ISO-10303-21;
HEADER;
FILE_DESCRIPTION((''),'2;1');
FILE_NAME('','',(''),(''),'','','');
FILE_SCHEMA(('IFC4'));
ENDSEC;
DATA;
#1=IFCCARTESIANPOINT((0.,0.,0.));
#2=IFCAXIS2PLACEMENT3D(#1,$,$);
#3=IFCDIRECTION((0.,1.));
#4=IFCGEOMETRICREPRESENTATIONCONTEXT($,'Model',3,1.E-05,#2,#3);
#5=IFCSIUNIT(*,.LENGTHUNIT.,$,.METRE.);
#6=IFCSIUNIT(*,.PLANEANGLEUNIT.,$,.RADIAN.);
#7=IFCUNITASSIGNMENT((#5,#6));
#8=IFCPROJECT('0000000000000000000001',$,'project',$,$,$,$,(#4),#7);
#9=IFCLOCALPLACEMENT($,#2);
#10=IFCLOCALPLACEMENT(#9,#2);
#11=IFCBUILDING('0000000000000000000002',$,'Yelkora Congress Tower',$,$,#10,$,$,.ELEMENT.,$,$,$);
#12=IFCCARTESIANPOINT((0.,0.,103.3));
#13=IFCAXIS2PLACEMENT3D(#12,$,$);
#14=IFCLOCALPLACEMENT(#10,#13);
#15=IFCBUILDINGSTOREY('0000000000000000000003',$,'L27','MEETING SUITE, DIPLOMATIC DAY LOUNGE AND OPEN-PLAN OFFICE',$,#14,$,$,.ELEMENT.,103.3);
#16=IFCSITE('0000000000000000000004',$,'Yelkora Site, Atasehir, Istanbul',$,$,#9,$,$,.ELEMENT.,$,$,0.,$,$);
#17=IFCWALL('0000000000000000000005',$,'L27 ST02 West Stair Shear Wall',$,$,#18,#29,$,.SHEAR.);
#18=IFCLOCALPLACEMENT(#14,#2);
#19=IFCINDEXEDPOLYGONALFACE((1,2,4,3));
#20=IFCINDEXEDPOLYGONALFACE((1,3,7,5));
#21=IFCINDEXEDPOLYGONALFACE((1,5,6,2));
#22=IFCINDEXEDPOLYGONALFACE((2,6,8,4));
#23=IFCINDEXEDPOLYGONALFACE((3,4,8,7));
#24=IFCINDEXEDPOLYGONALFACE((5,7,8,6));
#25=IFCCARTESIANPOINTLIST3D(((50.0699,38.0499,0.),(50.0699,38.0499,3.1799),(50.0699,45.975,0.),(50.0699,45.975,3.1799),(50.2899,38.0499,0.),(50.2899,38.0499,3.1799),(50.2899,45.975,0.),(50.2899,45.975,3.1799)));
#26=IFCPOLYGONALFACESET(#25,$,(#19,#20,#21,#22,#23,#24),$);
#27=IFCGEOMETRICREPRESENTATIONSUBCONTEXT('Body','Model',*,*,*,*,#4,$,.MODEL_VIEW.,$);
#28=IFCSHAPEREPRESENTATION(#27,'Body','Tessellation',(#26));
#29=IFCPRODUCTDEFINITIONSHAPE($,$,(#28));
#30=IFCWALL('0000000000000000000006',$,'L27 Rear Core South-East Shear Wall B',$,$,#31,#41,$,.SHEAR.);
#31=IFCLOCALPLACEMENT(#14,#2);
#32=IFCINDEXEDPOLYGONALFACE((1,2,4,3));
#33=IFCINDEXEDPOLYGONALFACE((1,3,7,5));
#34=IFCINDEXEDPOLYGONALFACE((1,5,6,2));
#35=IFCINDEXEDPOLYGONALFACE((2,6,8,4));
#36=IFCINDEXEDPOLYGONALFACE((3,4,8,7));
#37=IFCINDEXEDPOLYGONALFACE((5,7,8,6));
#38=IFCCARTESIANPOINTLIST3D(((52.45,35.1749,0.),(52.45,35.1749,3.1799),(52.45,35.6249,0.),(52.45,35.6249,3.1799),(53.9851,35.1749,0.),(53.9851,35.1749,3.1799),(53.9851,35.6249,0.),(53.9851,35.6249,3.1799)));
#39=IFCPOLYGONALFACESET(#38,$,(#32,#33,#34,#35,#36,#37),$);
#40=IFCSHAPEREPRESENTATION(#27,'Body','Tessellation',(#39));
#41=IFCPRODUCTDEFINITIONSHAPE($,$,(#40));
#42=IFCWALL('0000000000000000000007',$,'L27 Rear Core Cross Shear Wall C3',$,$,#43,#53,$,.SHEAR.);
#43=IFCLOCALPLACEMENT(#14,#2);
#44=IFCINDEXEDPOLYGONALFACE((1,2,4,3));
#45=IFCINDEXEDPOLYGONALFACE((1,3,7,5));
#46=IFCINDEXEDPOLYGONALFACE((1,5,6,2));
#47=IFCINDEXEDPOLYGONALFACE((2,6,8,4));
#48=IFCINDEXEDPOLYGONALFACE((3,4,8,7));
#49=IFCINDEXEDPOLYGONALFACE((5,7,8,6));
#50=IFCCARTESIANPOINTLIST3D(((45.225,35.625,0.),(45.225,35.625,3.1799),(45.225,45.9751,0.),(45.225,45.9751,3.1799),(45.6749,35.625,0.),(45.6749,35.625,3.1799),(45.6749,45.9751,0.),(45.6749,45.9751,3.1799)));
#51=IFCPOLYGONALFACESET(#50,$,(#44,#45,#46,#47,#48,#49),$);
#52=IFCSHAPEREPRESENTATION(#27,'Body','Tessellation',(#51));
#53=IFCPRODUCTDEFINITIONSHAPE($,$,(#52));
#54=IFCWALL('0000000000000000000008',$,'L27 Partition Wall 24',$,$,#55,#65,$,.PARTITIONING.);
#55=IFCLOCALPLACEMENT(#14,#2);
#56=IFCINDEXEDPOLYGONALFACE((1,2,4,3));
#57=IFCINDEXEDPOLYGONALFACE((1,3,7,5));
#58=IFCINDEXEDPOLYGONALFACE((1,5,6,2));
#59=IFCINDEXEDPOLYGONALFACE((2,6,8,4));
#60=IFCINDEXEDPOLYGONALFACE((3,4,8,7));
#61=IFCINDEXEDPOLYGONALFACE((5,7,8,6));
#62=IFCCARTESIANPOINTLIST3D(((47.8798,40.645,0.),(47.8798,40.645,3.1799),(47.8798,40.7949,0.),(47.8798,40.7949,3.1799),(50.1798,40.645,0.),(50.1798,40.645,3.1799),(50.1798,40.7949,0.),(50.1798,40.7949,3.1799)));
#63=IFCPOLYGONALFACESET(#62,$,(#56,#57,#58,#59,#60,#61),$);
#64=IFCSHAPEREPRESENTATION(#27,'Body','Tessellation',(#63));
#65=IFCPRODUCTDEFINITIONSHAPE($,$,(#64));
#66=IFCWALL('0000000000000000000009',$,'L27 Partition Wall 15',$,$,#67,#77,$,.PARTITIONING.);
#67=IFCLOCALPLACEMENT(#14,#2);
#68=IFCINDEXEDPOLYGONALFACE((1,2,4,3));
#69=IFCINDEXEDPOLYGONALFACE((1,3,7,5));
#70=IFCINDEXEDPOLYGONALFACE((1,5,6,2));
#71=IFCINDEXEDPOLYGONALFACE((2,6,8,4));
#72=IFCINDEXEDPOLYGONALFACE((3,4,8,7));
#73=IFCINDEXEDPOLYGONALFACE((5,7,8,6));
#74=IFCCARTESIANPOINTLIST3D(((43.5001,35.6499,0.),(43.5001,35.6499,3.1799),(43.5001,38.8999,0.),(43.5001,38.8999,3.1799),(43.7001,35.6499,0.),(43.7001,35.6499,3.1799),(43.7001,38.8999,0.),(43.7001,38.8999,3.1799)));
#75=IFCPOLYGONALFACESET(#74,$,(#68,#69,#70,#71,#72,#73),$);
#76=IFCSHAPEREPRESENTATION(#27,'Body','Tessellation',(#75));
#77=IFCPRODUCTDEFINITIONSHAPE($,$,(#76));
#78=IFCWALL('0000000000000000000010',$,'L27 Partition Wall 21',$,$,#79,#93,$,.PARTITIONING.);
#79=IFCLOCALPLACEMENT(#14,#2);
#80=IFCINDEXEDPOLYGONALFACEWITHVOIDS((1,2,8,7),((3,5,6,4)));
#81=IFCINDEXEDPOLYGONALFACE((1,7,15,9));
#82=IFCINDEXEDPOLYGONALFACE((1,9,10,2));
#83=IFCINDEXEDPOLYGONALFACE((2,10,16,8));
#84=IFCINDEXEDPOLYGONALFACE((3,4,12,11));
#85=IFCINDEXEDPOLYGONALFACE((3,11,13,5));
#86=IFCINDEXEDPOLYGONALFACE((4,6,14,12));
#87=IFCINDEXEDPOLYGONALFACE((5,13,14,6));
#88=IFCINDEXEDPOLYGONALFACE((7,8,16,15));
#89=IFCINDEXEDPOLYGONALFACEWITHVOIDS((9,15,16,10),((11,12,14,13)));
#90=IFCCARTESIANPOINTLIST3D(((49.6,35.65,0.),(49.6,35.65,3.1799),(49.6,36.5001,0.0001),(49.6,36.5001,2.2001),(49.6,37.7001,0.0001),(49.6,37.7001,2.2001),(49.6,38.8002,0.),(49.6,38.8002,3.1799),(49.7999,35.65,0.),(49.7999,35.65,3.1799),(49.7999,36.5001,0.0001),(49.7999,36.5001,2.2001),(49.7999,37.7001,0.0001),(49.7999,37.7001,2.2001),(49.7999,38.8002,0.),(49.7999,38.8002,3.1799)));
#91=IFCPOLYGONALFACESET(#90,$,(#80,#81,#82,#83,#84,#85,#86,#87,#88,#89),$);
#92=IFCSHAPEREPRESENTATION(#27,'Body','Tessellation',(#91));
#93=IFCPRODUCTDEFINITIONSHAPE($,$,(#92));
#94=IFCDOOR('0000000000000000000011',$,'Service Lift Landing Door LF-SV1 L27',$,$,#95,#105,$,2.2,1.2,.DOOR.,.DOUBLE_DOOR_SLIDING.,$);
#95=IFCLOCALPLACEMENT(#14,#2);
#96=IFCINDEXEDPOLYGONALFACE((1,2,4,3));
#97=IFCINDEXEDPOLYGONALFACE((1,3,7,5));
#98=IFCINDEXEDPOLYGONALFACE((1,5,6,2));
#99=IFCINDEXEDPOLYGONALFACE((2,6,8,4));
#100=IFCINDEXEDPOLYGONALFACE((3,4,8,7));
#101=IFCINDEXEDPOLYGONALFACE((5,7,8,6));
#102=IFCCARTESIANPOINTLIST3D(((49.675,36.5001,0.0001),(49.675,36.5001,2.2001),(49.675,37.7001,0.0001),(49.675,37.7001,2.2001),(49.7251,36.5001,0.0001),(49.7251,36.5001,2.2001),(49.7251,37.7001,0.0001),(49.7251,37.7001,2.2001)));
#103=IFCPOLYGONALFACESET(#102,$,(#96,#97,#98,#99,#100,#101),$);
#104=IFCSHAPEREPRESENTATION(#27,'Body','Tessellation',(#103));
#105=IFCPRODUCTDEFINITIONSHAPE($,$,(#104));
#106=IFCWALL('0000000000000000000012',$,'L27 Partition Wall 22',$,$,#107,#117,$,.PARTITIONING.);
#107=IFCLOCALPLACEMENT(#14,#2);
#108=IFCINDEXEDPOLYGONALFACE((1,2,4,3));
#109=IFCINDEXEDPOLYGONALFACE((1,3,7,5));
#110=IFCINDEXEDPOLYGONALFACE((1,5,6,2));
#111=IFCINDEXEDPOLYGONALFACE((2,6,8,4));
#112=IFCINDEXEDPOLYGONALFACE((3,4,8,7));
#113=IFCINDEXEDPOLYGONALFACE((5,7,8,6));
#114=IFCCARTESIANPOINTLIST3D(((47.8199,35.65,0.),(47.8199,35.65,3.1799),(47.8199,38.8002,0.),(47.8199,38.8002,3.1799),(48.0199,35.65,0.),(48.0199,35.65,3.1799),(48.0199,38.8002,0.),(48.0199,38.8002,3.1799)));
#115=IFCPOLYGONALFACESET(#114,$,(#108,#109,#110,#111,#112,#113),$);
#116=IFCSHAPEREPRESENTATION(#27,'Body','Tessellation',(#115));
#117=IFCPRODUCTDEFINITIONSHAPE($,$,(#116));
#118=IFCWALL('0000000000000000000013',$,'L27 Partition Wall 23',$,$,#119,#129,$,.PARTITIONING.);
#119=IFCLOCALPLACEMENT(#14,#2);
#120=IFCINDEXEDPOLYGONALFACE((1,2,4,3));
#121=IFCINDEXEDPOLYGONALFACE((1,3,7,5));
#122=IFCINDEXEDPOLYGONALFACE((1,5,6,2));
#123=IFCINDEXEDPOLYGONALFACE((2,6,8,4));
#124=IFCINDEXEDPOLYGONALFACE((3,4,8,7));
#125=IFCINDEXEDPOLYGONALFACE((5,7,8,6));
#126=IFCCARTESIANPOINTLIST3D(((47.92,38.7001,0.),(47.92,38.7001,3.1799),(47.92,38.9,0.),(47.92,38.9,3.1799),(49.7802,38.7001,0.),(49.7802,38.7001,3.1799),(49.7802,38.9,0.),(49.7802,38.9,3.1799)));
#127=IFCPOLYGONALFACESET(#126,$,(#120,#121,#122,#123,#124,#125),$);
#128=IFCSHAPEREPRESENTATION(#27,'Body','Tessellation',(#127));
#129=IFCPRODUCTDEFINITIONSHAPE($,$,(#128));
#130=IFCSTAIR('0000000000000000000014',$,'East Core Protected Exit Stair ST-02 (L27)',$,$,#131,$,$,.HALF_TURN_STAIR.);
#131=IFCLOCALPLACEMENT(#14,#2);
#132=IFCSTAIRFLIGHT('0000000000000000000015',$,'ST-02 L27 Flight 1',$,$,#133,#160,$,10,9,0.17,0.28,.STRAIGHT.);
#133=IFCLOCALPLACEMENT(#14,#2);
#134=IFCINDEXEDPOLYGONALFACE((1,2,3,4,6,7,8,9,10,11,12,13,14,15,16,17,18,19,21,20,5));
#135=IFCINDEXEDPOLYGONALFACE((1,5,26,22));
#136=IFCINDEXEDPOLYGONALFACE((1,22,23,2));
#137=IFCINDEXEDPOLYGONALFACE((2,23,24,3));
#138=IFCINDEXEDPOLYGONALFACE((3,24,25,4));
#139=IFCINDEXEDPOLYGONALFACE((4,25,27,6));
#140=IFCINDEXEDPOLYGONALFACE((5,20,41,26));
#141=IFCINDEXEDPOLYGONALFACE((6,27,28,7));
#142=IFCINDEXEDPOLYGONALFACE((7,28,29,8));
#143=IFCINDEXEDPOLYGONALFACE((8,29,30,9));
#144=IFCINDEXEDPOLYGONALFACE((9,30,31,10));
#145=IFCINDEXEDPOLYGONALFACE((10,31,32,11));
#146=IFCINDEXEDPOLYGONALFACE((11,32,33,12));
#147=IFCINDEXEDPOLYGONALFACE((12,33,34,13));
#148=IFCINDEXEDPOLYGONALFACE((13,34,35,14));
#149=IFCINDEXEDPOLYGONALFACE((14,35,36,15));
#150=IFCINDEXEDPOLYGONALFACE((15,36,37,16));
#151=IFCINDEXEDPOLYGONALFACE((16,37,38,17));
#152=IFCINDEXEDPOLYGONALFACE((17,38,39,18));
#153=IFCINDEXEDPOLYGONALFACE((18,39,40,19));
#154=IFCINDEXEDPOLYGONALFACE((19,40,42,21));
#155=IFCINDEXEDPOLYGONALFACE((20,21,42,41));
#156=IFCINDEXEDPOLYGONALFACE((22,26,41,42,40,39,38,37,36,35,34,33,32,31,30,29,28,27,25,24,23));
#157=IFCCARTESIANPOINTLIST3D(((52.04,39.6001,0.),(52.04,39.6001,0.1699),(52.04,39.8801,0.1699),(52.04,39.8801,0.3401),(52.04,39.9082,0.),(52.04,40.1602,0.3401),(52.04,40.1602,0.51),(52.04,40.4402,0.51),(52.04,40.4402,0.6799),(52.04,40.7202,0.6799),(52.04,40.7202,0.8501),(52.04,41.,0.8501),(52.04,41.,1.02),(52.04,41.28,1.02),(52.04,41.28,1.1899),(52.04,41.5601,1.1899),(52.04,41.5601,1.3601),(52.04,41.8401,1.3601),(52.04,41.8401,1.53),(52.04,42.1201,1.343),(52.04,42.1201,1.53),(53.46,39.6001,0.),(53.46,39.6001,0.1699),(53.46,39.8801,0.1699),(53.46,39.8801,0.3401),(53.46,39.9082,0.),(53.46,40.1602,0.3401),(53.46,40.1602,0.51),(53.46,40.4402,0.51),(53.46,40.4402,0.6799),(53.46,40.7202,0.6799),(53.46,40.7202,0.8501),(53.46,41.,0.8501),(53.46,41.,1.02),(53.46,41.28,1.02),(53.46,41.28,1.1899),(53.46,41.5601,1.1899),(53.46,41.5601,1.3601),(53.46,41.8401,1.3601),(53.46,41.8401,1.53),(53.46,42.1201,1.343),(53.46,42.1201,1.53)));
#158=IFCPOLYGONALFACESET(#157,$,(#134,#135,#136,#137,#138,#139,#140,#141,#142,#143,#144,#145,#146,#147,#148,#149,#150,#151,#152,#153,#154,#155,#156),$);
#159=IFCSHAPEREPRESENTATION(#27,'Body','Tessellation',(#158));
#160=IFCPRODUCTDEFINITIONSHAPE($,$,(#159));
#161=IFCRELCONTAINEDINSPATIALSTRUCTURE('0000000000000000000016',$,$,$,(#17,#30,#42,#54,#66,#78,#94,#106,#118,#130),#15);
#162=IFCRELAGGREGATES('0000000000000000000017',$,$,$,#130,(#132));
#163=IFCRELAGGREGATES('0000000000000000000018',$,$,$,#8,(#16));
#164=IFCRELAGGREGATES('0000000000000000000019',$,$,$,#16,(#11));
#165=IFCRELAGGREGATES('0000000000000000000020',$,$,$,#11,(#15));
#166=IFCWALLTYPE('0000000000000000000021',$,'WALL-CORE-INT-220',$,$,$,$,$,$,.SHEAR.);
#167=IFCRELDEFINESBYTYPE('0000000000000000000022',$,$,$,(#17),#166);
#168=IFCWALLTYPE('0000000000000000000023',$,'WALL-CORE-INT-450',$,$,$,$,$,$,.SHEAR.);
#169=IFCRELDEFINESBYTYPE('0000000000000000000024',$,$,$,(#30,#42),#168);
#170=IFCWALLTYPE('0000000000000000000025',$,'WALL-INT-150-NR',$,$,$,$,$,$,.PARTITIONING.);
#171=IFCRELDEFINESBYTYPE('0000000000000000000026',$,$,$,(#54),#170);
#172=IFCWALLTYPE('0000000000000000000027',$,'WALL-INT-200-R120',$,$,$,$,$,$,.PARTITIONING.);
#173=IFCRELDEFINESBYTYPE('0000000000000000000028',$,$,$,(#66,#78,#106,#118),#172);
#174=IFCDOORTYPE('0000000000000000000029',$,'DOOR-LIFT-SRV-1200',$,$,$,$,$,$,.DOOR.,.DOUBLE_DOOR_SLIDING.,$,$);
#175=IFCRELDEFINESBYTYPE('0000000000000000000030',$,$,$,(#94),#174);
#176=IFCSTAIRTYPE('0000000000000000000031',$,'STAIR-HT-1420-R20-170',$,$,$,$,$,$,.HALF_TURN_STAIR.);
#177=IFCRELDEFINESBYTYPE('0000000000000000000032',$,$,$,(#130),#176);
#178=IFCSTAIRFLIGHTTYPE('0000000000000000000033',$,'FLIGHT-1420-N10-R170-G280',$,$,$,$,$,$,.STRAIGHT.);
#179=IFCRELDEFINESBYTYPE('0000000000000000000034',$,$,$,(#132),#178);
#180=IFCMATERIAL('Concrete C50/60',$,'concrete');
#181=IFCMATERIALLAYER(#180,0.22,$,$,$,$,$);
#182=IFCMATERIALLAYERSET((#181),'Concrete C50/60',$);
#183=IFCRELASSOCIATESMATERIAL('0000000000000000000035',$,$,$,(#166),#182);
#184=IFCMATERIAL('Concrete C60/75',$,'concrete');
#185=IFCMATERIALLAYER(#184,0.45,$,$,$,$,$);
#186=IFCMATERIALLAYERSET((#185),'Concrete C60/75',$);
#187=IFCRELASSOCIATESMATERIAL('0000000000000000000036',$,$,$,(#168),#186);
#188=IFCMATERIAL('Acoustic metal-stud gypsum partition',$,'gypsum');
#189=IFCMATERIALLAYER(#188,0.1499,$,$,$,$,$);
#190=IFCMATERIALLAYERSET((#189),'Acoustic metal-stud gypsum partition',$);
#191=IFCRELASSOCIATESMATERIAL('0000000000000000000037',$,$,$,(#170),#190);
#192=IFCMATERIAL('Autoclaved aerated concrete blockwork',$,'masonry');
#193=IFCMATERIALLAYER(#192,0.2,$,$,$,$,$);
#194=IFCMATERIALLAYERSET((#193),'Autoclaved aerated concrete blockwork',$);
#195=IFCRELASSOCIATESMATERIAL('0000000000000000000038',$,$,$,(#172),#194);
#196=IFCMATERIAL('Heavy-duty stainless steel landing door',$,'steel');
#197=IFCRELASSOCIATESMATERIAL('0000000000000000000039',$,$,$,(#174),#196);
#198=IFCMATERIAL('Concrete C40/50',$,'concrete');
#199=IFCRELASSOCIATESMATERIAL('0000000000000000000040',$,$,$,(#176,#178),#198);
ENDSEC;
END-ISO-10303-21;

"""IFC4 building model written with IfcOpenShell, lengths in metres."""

from ifc_helpers import new_model, si_unit, direction, frame, frame_2d, origin, place, context, subcontext, project, spatial, polyline, rectangle, outline, extrude, material, layer, layer_set, type_object, element, fill, aggregate, save


model = new_model("IFC4")

# Units and contexts
model_context = context("Model", 3, precision=1e-05, world=origin(), true_north=direction((0.0, 1.0)))
body_context = subcontext(model_context, "Body", "Model", "MODEL_VIEW")
ifc_project = project(units=[si_unit("LENGTHUNIT", "METRE"), si_unit("PLANEANGLEUNIT", "RADIAN")], contexts=[model_context])

# Site, building, storey
site_placement = place(None, origin())
site = spatial("IfcSite", under=ifc_project, at=site_placement, Name="Yelkora Site, Atasehir, Istanbul", CompositionType="ELEMENT", RefElevation=0.0)
building_placement = place(site_placement, origin())
building = spatial("IfcBuilding", under=site, at=building_placement, Name="Yelkora Congress Tower", CompositionType="ELEMENT")
storey_placement = place(building_placement, frame((0.0, 0.0, 103.3)))
storey = spatial("IfcBuildingStorey", under=building, at=storey_placement, Name="L27", Description="MEETING SUITE, DIPLOMATIC DAY LOUNGE AND OPEN-PLAN OFFICE", CompositionType="ELEMENT", Elevation=103.3)

# Wall
ifc_material_1 = material(Name="Concrete C50/60", Category="concrete")
ifc_layer_1 = layer(ifc_material_1, 0.22)
ifc_layer_set_1 = layer_set([ifc_layer_1], Name="Concrete C50/60")
wall_type_1 = type_object("IfcWallType", Name="WALL-CORE-INT-220", PredefinedType="SHEAR", material=ifc_layer_set_1)
wall_1_placement = place(storey_placement, frame((50.1799, 38.05, 0.0), z_axis=(0.0, 0.0, 1.0), x_axis=(0.0, 1.0, 0.0)))
element("IfcWall", 1, at=wall_1_placement, inside=storey, type_object=wall_type_1, Name="L27 ST02 West Stair Shear Wall", PredefinedType="SHEAR", context=body_context, shape_type="SweptSolid", body=[
    extrude(rectangle(XDim=7.925, YDim=0.22, at=frame_2d((3.9624, 0.0))), origin(), (0.0, 0.0, 1.0), 3.1799),
])

# Shared definitions
ifc_material_2 = material(Name="Concrete C60/75", Category="concrete")
ifc_layer_2 = layer(ifc_material_2, 0.45)
ifc_layer_set_2 = layer_set([ifc_layer_2], Name="Concrete C60/75")
wall_type_2 = type_object("IfcWallType", Name="WALL-CORE-INT-450", PredefinedType="SHEAR", material=ifc_layer_set_2)

# Walls
wall_2_placement = place(storey_placement, frame((52.45, 35.3999, 0.0), z_axis=(0.0, 0.0, 1.0), x_axis=(1.0, 0.0, 0.0)))
element("IfcWall", 2, at=wall_2_placement, inside=storey, type_object=wall_type_2, Name="L27 Rear Core South-East Shear Wall B", PredefinedType="SHEAR", context=body_context, shape_type="SweptSolid", body=[
    extrude(rectangle(XDim=1.5352, YDim=0.45, at=frame_2d((0.7676, 0.0))), origin(), (0.0, 0.0, 1.0), 3.1799),
])
wall_3_placement = place(storey_placement, frame((45.45, 35.625, 0.0), z_axis=(0.0, 0.0, 1.0), x_axis=(0.0, 1.0, 0.0)))
element("IfcWall", 3, at=wall_3_placement, inside=storey, type_object=wall_type_2, Name="L27 Rear Core Cross Shear Wall C3", PredefinedType="SHEAR", context=body_context, shape_type="SweptSolid", body=[
    extrude(rectangle(XDim=10.3501, YDim=0.45, at=frame_2d((5.175, 0.0))), origin(), (0.0, 0.0, 1.0), 3.1799),
])
ifc_material_3 = material(Name="Acoustic metal-stud gypsum partition", Category="gypsum")
ifc_layer_3 = layer(ifc_material_3, 0.1499)
ifc_layer_set_3 = layer_set([ifc_layer_3], Name="Acoustic metal-stud gypsum partition")
wall_type_3 = type_object("IfcWallType", Name="WALL-INT-150-NR", PredefinedType="PARTITIONING", material=ifc_layer_set_3)
wall_4_placement = place(storey_placement, frame((47.8799, 40.72, 0.0), z_axis=(0.0, 0.0, 1.0), x_axis=(1.0, 0.0, 0.0)))
element("IfcWall", 4, at=wall_4_placement, inside=storey, type_object=wall_type_3, Name="L27 Partition Wall 24", PredefinedType="PARTITIONING", context=body_context, shape_type="SweptSolid", body=[
    extrude(rectangle(XDim=2.3, YDim=0.1499, at=frame_2d((1.1499, 0.0))), origin(), (0.0, 0.0, 1.0), 3.1799),
])

# Wall
ifc_material_4 = material(Name="Autoclaved aerated concrete blockwork", Category="masonry")
ifc_layer_4 = layer(ifc_material_4, 0.2)
ifc_layer_set_4 = layer_set([ifc_layer_4], Name="Autoclaved aerated concrete blockwork")
wall_type_4 = type_object("IfcWallType", Name="WALL-INT-200-R120", PredefinedType="PARTITIONING", material=ifc_layer_set_4)
wall_5_placement = place(storey_placement, frame((43.6001, 35.6499, 0.0), z_axis=(0.0, 0.0, 1.0), x_axis=(0.0, 1.0, 0.0)))
element("IfcWall", 5, at=wall_5_placement, inside=storey, type_object=wall_type_4, Name="L27 Partition Wall 15", PredefinedType="PARTITIONING", context=body_context, shape_type="SweptSolid", body=[
    extrude(rectangle(XDim=3.25, YDim=0.2, at=frame_2d((1.625, 0.0))), origin(), (0.0, 0.0, 1.0), 3.1799),
])

# Wall, opening, door
wall_6_placement = place(storey_placement, frame((49.7, 35.6499, 0.0), z_axis=(0.0, 0.0, 1.0), x_axis=(0.0, 1.0, 0.0)))
wall_6 = element("IfcWall", 6, at=wall_6_placement, inside=storey, type_object=wall_type_4, Name="L27 Partition Wall 21", PredefinedType="PARTITIONING", context=body_context, shape_type="SweptSolid", body=[
    extrude(rectangle(XDim=3.1501, YDim=0.2, at=frame_2d((1.5752, 0.0))), origin(), (0.0, 0.0, 1.0), 3.1799),
])
opening_1_placement = place(wall_6_placement, frame((0.8501, 0.0, 0.0)))
opening_1 = element("IfcOpeningElement", 7, at=opening_1_placement, cuts=wall_6, PredefinedType="OPENING", context=body_context, shape_type="SweptSolid", body=[
    extrude(rectangle(XDim=1.2, YDim=2.2, at=frame_2d((0.6001, 1.1001))), frame((0.0, 0.1099, 0.0), z_axis=(0.0, -1.0, 0.0), x_axis=(1.0, 0.0, 0.0)), (0.0, 0.0, 1.0), 0.22),
])
ifc_material_5 = material(Name="Heavy-duty stainless steel landing door", Category="steel")
door_type_1 = type_object("IfcDoorType", Name="DOOR-LIFT-SRV-1200", OperationType="DOUBLE_DOOR_SLIDING", PredefinedType="DOOR", material=ifc_material_5)
door_1_placement = place(opening_1_placement, origin())
door_1 = element("IfcDoor", 8, at=door_1_placement, inside=storey, type_object=door_type_1, Name="Service Lift Landing Door LF-SV1 L27", OperationType="DOUBLE_DOOR_SLIDING", OverallHeight=2.2, OverallWidth=1.2, PredefinedType="DOOR", context=body_context, shape_type="SweptSolid", body=[
    extrude(rectangle(XDim=1.2, YDim=2.2, at=frame_2d((0.6001, 1.1001))), frame((0.0, 0.0249, 0.0), z_axis=(0.0, -1.0, 0.0), x_axis=(1.0, 0.0, 0.0)), (0.0, 0.0, 1.0), 0.05),
])
fill(opening_1, door_1)

# Walls
wall_7_placement = place(storey_placement, frame((47.9199, 35.6499, 0.0), z_axis=(0.0, 0.0, 1.0), x_axis=(0.0, 1.0, 0.0)))
element("IfcWall", 9, at=wall_7_placement, inside=storey, type_object=wall_type_4, Name="L27 Partition Wall 22", PredefinedType="PARTITIONING", context=body_context, shape_type="SweptSolid", body=[
    extrude(rectangle(XDim=3.1501, YDim=0.2, at=frame_2d((1.5752, 0.0))), origin(), (0.0, 0.0, 1.0), 3.1799),
])
wall_8_placement = place(storey_placement, frame((47.9199, 38.8, 0.0), z_axis=(0.0, 0.0, 1.0), x_axis=(1.0, 0.0, 0.0)))
element("IfcWall", 10, at=wall_8_placement, inside=storey, type_object=wall_type_4, Name="L27 Partition Wall 23", PredefinedType="PARTITIONING", context=body_context, shape_type="SweptSolid", body=[
    extrude(rectangle(XDim=1.8601, YDim=0.2, at=frame_2d((0.9302, 0.0))), origin(), (0.0, 0.0, 1.0), 3.1799),
])

# Stair, stair flight
ifc_material_6 = material(Name="Concrete C40/50", Category="concrete")
stair_type = type_object("IfcStairType", Name="STAIR-HT-1420-R20-170", PredefinedType="HALF_TURN_STAIR", material=ifc_material_6)
stair_placement = place(storey_placement, origin())
stair = element("IfcStair", 11, at=stair_placement, inside=storey, type_object=stair_type, Name="East Core Protected Exit Stair ST-02 (L27)", PredefinedType="HALF_TURN_STAIR")
stair_flight_type = type_object("IfcStairFlightType", Name="FLIGHT-1420-N10-R170-G280", PredefinedType="STRAIGHT", material=ifc_material_6)
stair_flight_placement = place(storey_placement, frame((52.75, 39.6001, 0.0), z_axis=(0.0, 0.0, 1.0), x_axis=(0.0, 1.0, 0.0)))
stair_flight = element("IfcStairFlight", 12, at=stair_flight_placement, type_object=stair_flight_type, Name="ST-02 L27 Flight 1", NumberOfRisers=10, NumberOfTreads=9, PredefinedType="STRAIGHT", RiserHeight=0.17, TreadLength=0.28, context=body_context, shape_type="SweptSolid", body=[
    extrude(outline(polyline([(0.0, 0.0), (0.0, 0.1699), (0.28, 0.1699), (0.28, 0.3401), (0.5601, 0.3401), (0.5601, 0.51), (0.8401, 0.51), (0.8401, 0.6799), (1.1201, 0.6799), (1.1201, 0.8501), (1.3999, 0.8501), (1.3999, 1.02), (1.6799, 1.02), (1.6799, 1.1899), (1.96, 1.1899), (1.96, 1.3601), (2.24, 1.3601), (2.24, 1.53), (2.52, 1.53), (2.52, 1.7), (2.52, 1.343), (0.3081, 0.0), (0.0, 0.0)])), frame((0.0, 0.71, 0.0), z_axis=(0.0, -1.0, 0.0), x_axis=(1.0, 0.0, 0.0)), (0.0, 0.0, 1.0), 1.4199),
])
aggregate(stair, [stair_flight])

save(model, "model.ifc")
